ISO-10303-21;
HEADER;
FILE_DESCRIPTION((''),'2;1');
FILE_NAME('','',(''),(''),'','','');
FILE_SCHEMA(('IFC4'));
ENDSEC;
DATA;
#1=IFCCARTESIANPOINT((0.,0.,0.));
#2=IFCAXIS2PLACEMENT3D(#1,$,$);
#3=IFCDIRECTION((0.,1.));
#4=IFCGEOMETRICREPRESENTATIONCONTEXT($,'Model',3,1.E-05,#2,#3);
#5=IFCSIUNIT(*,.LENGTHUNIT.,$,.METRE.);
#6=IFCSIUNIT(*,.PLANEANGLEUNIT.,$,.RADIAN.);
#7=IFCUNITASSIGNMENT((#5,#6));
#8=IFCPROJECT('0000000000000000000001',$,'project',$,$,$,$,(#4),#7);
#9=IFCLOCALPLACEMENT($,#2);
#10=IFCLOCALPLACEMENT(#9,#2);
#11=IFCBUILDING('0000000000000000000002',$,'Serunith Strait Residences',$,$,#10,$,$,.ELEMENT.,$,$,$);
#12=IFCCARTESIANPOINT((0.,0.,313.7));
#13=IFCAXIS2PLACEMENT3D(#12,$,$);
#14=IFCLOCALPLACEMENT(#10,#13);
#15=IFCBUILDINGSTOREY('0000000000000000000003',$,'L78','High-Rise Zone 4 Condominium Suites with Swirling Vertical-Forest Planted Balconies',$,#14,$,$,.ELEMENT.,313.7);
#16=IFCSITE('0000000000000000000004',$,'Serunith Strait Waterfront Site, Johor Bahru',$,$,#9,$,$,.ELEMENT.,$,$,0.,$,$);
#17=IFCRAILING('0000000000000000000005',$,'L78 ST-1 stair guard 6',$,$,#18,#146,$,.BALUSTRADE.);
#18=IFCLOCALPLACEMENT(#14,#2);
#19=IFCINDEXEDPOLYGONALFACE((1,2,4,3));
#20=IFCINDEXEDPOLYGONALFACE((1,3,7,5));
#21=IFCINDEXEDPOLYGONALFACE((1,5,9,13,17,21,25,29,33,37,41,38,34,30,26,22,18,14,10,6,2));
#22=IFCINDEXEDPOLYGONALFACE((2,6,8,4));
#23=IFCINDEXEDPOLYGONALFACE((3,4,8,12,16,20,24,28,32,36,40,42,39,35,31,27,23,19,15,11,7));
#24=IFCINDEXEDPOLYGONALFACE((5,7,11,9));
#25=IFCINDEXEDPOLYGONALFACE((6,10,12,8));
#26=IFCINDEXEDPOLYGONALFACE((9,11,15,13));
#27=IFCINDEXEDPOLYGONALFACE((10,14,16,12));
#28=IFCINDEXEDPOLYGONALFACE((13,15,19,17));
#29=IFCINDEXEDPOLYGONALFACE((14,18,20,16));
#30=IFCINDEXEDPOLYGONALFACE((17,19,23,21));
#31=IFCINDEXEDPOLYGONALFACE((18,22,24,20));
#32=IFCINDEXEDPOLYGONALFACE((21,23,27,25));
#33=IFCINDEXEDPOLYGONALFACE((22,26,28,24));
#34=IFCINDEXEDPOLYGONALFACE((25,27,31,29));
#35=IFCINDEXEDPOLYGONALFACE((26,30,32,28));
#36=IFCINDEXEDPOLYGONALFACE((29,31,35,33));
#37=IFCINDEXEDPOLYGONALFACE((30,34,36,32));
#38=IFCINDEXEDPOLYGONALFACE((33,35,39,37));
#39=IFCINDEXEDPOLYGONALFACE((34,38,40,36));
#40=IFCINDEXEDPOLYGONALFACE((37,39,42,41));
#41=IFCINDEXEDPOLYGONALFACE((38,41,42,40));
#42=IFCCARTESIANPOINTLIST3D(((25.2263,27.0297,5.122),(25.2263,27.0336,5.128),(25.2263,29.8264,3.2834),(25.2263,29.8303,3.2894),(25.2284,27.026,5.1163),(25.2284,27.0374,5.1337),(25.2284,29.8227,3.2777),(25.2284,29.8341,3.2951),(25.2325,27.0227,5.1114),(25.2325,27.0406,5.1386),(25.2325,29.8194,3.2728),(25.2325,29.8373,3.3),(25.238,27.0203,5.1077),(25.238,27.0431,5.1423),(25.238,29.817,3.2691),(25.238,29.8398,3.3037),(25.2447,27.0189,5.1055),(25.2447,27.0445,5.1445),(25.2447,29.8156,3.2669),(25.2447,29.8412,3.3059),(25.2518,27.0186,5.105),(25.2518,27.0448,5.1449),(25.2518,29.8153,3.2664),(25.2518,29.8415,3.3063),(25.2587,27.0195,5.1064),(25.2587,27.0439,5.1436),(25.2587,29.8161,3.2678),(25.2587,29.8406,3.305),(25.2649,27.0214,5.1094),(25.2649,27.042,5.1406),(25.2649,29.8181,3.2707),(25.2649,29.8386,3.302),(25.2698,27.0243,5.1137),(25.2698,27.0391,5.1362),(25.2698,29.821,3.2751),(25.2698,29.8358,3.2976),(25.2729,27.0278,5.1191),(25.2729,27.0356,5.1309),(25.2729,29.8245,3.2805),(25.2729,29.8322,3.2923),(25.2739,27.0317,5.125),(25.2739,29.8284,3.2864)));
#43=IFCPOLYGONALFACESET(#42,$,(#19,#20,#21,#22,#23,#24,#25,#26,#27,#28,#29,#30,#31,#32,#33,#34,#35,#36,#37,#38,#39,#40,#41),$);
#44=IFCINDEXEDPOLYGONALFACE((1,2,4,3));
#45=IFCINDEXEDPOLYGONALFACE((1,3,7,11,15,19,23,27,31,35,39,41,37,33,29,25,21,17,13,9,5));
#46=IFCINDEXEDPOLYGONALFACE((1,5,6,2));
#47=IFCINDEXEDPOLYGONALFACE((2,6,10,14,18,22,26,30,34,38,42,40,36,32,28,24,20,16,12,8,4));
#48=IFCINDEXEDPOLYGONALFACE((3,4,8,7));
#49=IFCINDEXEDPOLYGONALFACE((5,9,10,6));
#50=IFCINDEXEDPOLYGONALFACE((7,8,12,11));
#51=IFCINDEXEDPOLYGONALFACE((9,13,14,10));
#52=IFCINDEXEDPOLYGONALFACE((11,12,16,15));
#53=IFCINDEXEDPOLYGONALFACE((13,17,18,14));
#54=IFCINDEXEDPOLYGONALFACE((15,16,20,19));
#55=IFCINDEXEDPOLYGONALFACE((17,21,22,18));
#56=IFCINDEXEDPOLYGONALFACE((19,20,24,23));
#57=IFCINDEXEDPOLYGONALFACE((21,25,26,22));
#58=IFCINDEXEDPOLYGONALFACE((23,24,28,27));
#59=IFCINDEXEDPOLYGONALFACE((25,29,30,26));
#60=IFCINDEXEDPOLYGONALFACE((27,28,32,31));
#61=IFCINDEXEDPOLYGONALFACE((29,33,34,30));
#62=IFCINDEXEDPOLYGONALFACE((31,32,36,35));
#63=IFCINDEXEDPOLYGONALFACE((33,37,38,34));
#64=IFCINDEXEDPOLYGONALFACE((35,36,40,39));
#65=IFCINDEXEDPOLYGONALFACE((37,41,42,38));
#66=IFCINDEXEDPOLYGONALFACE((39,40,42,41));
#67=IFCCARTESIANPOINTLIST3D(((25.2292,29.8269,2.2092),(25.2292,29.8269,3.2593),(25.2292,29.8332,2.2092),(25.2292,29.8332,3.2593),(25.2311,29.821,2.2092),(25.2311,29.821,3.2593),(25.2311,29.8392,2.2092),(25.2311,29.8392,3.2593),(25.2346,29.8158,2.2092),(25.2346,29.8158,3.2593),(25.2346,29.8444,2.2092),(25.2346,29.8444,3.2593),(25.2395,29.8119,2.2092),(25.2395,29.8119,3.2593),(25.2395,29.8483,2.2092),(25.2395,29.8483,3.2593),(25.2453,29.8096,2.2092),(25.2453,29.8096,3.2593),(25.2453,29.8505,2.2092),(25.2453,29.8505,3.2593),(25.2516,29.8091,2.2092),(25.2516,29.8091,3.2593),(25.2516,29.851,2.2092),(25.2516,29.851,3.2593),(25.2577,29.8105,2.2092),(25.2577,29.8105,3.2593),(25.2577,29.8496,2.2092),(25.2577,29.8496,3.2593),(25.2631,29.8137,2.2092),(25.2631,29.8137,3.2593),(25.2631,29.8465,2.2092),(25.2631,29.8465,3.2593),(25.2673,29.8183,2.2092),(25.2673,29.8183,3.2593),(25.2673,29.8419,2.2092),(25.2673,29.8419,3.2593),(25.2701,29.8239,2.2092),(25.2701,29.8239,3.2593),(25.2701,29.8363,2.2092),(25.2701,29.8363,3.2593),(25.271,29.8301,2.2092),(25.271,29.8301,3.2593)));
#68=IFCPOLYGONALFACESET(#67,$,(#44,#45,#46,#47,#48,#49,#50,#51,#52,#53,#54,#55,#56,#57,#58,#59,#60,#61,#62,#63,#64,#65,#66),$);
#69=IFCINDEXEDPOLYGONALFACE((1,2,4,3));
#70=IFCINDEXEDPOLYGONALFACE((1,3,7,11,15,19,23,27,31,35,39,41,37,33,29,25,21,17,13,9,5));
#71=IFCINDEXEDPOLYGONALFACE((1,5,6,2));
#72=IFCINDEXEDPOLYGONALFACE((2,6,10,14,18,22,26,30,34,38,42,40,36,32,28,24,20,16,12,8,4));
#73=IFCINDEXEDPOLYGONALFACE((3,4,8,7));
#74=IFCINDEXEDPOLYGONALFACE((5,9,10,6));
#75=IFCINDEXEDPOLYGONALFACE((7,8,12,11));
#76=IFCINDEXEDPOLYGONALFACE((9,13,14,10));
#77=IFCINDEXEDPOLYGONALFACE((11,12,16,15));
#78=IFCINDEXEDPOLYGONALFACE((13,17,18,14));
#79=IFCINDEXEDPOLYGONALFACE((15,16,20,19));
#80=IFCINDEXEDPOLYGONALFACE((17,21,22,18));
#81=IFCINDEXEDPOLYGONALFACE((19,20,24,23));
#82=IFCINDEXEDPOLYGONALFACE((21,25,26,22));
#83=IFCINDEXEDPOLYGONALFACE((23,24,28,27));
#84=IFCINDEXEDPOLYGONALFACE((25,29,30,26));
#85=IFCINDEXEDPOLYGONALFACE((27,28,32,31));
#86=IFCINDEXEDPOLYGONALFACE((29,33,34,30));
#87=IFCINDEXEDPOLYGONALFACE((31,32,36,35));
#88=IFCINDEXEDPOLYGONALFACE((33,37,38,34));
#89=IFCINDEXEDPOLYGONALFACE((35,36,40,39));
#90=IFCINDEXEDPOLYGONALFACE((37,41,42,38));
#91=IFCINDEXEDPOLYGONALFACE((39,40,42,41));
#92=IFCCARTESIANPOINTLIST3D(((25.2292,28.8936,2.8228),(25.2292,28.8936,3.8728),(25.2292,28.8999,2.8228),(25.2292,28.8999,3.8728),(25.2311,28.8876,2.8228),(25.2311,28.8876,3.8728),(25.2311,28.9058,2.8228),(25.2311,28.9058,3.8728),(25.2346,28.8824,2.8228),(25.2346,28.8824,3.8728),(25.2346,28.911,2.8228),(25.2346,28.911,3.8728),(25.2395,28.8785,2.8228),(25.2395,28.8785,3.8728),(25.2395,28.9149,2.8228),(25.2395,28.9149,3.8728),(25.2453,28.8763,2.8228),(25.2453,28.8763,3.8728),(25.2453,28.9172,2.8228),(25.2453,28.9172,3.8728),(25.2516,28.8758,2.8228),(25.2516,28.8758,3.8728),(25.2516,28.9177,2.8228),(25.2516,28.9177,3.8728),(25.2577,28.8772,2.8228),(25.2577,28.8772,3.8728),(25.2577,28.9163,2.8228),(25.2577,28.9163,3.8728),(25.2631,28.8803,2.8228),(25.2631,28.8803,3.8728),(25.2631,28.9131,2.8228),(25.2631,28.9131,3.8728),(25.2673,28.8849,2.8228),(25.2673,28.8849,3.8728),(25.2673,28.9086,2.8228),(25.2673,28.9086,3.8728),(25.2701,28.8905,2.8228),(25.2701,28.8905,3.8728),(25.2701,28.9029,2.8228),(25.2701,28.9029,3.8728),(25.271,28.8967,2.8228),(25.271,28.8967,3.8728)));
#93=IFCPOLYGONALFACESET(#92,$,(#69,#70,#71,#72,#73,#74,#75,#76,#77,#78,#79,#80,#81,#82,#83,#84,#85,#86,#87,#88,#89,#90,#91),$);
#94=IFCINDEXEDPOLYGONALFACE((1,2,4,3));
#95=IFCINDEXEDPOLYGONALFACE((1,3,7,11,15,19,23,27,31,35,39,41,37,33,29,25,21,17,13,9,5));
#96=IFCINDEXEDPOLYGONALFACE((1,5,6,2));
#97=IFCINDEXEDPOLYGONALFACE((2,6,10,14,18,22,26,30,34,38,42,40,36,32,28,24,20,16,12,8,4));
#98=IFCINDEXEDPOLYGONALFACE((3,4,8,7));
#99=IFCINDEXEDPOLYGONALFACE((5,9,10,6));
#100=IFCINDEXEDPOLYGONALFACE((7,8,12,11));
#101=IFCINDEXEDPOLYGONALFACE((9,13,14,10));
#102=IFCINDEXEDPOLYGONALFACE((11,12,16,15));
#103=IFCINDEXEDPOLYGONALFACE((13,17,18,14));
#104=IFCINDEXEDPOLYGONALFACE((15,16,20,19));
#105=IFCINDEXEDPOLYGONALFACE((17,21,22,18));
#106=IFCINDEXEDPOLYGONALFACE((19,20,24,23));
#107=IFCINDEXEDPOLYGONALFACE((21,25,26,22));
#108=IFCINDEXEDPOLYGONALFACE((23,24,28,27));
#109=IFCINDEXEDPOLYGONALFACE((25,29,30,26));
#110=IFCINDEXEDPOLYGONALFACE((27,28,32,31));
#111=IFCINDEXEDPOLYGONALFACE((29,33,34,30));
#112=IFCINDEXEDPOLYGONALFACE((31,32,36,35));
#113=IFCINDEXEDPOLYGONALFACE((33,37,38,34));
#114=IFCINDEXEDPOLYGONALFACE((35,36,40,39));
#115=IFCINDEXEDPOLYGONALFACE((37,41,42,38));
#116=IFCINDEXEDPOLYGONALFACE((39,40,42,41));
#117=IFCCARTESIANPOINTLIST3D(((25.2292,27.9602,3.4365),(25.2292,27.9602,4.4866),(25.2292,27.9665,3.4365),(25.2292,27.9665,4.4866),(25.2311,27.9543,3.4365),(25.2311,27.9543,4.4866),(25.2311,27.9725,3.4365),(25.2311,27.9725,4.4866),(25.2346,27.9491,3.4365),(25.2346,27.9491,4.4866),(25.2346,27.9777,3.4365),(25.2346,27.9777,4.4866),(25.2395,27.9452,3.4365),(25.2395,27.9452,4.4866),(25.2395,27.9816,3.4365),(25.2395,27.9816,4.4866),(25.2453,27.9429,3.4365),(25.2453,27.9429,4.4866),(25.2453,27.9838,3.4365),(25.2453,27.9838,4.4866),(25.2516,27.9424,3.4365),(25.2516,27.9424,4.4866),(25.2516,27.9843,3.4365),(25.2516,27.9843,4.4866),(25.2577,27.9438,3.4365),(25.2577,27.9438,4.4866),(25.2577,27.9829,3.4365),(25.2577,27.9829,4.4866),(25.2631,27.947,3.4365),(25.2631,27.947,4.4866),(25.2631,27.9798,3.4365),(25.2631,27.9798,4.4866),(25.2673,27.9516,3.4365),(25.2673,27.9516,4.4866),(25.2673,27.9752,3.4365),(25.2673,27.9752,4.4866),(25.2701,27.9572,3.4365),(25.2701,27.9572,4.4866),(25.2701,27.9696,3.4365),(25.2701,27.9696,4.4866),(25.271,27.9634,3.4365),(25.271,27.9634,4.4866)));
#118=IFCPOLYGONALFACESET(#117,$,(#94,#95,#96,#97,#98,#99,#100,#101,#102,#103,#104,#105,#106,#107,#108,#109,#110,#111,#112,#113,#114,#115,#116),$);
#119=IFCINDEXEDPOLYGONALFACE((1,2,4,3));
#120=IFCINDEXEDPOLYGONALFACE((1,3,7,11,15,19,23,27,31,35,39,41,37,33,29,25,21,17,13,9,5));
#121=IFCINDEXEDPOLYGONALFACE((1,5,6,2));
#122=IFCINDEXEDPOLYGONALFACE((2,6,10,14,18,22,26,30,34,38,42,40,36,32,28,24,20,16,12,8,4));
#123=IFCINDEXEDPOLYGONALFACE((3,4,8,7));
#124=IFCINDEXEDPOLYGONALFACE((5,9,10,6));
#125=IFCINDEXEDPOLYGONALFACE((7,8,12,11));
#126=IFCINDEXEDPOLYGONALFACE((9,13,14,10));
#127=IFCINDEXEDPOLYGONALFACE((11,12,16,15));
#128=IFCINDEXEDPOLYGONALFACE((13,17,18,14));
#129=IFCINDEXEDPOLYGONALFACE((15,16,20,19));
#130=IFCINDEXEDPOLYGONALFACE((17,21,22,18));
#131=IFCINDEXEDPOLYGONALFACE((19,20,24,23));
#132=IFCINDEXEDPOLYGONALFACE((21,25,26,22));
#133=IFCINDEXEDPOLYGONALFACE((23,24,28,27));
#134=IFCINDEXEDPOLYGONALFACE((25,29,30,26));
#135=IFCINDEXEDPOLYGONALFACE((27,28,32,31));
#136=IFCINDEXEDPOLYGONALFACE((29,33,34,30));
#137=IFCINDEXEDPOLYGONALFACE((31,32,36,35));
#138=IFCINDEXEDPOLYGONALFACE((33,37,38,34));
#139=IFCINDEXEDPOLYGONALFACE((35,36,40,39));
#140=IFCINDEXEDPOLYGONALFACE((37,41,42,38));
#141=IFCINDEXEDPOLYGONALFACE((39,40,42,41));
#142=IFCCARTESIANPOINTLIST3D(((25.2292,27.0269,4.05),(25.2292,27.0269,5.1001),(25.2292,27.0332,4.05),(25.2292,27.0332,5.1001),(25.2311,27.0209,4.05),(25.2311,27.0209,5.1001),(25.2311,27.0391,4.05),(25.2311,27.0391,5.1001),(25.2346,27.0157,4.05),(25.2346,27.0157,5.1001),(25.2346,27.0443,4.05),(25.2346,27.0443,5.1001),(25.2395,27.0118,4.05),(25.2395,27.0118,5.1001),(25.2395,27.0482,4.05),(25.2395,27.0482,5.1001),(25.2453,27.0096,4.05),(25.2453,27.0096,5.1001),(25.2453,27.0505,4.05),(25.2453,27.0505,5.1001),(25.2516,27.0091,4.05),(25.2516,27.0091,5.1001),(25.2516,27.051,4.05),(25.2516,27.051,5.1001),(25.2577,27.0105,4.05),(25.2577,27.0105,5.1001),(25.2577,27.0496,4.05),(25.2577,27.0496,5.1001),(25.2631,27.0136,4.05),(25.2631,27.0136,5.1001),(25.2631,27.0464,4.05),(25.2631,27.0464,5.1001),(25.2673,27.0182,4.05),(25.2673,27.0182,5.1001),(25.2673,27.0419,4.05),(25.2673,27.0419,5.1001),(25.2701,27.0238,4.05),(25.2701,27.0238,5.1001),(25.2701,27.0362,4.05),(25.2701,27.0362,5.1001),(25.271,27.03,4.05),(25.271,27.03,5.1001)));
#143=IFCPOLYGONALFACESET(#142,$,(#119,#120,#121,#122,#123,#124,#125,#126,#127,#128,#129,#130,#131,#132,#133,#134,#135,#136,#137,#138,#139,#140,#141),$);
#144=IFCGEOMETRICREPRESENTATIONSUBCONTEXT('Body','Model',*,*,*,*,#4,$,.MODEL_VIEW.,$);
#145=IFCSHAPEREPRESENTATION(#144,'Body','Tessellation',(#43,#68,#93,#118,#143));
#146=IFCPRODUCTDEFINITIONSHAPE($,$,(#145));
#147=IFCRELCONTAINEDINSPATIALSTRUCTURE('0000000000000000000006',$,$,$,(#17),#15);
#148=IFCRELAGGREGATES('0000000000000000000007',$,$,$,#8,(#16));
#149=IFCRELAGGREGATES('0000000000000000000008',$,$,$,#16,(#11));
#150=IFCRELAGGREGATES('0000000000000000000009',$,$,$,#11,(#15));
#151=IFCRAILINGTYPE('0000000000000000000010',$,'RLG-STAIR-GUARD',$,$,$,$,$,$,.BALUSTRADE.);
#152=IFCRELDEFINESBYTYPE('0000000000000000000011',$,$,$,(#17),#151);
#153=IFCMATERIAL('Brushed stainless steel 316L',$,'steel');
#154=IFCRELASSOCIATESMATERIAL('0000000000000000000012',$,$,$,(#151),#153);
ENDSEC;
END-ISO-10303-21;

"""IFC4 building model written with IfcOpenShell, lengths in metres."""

from ifc_helpers import new_model, si_unit, direction, frame, origin, origin_2d, place, context, subcontext, project, spatial, circle, extrude, material, type_object, element, save


model = new_model("IFC4")

# Units and contexts
model_context = context("Model", 3, precision=1e-05, world=origin(), true_north=direction((0.0, 1.0)))
body_context = subcontext(model_context, "Body", "Model", "MODEL_VIEW")
ifc_project = project(units=[si_unit("LENGTHUNIT", "METRE"), si_unit("PLANEANGLEUNIT", "RADIAN")], contexts=[model_context])

# Site, building, storey
site_placement = place(None, origin())
site = spatial("IfcSite", under=ifc_project, at=site_placement, Name="Serunith Strait Waterfront Site, Johor Bahru", CompositionType="ELEMENT", RefElevation=0.0)
building_placement = place(site_placement, origin())
building = spatial("IfcBuilding", under=site, at=building_placement, Name="Serunith Strait Residences", CompositionType="ELEMENT")
storey_placement = place(building_placement, frame((0.0, 0.0, 313.7)))
storey = spatial("IfcBuildingStorey", under=building, at=storey_placement, Name="L78", Description="High-Rise Zone 4 Condominium Suites with Swirling Vertical-Forest Planted Balconies", CompositionType="ELEMENT", Elevation=313.7)

# Railing
ifc_material_1 = material(Name="Brushed stainless steel 316L", Category="steel")
railing_type_1 = type_object("IfcRailingType", Name="RLG-STAIR-GUARD", PredefinedType="BALUSTRADE", material=ifc_material_1)
railing_1_placement = place(storey_placement, frame((25.25, 29.8301, 2.2092)))
element("IfcRailing", 1, at=railing_1_placement, inside=storey, type_object=railing_type_1, Name="L78 ST-1 stair guard 6", PredefinedType="BALUSTRADE", context=body_context, shape_type="SweptSolid", body=[
    extrude(circle(Radius=0.0239, at=origin_2d()), frame((0.0, -0.0017, 1.0771), z_axis=(0.0, -0.835598, 0.549342), x_axis=(1.0, 0.0, 0.0)), (0.0, 0.0, 1.0), 3.3469),
    extrude(circle(Radius=0.021, at=origin_2d()), origin(), (0.0, 0.0, 1.0), 1.05),
    extrude(circle(Radius=0.021, at=origin_2d()), frame((0.0, -0.9333, 0.6135)), (0.0, 0.0, 1.0), 1.05),
    extrude(circle(Radius=0.021, at=origin_2d()), frame((0.0, -1.8667, 1.2273)), (0.0, 0.0, 1.0), 1.05),
    extrude(circle(Radius=0.021, at=origin_2d()), frame((0.0, -2.8, 1.8408)), (0.0, 0.0, 1.0), 1.05),
])

save(model, "model.ifc")
